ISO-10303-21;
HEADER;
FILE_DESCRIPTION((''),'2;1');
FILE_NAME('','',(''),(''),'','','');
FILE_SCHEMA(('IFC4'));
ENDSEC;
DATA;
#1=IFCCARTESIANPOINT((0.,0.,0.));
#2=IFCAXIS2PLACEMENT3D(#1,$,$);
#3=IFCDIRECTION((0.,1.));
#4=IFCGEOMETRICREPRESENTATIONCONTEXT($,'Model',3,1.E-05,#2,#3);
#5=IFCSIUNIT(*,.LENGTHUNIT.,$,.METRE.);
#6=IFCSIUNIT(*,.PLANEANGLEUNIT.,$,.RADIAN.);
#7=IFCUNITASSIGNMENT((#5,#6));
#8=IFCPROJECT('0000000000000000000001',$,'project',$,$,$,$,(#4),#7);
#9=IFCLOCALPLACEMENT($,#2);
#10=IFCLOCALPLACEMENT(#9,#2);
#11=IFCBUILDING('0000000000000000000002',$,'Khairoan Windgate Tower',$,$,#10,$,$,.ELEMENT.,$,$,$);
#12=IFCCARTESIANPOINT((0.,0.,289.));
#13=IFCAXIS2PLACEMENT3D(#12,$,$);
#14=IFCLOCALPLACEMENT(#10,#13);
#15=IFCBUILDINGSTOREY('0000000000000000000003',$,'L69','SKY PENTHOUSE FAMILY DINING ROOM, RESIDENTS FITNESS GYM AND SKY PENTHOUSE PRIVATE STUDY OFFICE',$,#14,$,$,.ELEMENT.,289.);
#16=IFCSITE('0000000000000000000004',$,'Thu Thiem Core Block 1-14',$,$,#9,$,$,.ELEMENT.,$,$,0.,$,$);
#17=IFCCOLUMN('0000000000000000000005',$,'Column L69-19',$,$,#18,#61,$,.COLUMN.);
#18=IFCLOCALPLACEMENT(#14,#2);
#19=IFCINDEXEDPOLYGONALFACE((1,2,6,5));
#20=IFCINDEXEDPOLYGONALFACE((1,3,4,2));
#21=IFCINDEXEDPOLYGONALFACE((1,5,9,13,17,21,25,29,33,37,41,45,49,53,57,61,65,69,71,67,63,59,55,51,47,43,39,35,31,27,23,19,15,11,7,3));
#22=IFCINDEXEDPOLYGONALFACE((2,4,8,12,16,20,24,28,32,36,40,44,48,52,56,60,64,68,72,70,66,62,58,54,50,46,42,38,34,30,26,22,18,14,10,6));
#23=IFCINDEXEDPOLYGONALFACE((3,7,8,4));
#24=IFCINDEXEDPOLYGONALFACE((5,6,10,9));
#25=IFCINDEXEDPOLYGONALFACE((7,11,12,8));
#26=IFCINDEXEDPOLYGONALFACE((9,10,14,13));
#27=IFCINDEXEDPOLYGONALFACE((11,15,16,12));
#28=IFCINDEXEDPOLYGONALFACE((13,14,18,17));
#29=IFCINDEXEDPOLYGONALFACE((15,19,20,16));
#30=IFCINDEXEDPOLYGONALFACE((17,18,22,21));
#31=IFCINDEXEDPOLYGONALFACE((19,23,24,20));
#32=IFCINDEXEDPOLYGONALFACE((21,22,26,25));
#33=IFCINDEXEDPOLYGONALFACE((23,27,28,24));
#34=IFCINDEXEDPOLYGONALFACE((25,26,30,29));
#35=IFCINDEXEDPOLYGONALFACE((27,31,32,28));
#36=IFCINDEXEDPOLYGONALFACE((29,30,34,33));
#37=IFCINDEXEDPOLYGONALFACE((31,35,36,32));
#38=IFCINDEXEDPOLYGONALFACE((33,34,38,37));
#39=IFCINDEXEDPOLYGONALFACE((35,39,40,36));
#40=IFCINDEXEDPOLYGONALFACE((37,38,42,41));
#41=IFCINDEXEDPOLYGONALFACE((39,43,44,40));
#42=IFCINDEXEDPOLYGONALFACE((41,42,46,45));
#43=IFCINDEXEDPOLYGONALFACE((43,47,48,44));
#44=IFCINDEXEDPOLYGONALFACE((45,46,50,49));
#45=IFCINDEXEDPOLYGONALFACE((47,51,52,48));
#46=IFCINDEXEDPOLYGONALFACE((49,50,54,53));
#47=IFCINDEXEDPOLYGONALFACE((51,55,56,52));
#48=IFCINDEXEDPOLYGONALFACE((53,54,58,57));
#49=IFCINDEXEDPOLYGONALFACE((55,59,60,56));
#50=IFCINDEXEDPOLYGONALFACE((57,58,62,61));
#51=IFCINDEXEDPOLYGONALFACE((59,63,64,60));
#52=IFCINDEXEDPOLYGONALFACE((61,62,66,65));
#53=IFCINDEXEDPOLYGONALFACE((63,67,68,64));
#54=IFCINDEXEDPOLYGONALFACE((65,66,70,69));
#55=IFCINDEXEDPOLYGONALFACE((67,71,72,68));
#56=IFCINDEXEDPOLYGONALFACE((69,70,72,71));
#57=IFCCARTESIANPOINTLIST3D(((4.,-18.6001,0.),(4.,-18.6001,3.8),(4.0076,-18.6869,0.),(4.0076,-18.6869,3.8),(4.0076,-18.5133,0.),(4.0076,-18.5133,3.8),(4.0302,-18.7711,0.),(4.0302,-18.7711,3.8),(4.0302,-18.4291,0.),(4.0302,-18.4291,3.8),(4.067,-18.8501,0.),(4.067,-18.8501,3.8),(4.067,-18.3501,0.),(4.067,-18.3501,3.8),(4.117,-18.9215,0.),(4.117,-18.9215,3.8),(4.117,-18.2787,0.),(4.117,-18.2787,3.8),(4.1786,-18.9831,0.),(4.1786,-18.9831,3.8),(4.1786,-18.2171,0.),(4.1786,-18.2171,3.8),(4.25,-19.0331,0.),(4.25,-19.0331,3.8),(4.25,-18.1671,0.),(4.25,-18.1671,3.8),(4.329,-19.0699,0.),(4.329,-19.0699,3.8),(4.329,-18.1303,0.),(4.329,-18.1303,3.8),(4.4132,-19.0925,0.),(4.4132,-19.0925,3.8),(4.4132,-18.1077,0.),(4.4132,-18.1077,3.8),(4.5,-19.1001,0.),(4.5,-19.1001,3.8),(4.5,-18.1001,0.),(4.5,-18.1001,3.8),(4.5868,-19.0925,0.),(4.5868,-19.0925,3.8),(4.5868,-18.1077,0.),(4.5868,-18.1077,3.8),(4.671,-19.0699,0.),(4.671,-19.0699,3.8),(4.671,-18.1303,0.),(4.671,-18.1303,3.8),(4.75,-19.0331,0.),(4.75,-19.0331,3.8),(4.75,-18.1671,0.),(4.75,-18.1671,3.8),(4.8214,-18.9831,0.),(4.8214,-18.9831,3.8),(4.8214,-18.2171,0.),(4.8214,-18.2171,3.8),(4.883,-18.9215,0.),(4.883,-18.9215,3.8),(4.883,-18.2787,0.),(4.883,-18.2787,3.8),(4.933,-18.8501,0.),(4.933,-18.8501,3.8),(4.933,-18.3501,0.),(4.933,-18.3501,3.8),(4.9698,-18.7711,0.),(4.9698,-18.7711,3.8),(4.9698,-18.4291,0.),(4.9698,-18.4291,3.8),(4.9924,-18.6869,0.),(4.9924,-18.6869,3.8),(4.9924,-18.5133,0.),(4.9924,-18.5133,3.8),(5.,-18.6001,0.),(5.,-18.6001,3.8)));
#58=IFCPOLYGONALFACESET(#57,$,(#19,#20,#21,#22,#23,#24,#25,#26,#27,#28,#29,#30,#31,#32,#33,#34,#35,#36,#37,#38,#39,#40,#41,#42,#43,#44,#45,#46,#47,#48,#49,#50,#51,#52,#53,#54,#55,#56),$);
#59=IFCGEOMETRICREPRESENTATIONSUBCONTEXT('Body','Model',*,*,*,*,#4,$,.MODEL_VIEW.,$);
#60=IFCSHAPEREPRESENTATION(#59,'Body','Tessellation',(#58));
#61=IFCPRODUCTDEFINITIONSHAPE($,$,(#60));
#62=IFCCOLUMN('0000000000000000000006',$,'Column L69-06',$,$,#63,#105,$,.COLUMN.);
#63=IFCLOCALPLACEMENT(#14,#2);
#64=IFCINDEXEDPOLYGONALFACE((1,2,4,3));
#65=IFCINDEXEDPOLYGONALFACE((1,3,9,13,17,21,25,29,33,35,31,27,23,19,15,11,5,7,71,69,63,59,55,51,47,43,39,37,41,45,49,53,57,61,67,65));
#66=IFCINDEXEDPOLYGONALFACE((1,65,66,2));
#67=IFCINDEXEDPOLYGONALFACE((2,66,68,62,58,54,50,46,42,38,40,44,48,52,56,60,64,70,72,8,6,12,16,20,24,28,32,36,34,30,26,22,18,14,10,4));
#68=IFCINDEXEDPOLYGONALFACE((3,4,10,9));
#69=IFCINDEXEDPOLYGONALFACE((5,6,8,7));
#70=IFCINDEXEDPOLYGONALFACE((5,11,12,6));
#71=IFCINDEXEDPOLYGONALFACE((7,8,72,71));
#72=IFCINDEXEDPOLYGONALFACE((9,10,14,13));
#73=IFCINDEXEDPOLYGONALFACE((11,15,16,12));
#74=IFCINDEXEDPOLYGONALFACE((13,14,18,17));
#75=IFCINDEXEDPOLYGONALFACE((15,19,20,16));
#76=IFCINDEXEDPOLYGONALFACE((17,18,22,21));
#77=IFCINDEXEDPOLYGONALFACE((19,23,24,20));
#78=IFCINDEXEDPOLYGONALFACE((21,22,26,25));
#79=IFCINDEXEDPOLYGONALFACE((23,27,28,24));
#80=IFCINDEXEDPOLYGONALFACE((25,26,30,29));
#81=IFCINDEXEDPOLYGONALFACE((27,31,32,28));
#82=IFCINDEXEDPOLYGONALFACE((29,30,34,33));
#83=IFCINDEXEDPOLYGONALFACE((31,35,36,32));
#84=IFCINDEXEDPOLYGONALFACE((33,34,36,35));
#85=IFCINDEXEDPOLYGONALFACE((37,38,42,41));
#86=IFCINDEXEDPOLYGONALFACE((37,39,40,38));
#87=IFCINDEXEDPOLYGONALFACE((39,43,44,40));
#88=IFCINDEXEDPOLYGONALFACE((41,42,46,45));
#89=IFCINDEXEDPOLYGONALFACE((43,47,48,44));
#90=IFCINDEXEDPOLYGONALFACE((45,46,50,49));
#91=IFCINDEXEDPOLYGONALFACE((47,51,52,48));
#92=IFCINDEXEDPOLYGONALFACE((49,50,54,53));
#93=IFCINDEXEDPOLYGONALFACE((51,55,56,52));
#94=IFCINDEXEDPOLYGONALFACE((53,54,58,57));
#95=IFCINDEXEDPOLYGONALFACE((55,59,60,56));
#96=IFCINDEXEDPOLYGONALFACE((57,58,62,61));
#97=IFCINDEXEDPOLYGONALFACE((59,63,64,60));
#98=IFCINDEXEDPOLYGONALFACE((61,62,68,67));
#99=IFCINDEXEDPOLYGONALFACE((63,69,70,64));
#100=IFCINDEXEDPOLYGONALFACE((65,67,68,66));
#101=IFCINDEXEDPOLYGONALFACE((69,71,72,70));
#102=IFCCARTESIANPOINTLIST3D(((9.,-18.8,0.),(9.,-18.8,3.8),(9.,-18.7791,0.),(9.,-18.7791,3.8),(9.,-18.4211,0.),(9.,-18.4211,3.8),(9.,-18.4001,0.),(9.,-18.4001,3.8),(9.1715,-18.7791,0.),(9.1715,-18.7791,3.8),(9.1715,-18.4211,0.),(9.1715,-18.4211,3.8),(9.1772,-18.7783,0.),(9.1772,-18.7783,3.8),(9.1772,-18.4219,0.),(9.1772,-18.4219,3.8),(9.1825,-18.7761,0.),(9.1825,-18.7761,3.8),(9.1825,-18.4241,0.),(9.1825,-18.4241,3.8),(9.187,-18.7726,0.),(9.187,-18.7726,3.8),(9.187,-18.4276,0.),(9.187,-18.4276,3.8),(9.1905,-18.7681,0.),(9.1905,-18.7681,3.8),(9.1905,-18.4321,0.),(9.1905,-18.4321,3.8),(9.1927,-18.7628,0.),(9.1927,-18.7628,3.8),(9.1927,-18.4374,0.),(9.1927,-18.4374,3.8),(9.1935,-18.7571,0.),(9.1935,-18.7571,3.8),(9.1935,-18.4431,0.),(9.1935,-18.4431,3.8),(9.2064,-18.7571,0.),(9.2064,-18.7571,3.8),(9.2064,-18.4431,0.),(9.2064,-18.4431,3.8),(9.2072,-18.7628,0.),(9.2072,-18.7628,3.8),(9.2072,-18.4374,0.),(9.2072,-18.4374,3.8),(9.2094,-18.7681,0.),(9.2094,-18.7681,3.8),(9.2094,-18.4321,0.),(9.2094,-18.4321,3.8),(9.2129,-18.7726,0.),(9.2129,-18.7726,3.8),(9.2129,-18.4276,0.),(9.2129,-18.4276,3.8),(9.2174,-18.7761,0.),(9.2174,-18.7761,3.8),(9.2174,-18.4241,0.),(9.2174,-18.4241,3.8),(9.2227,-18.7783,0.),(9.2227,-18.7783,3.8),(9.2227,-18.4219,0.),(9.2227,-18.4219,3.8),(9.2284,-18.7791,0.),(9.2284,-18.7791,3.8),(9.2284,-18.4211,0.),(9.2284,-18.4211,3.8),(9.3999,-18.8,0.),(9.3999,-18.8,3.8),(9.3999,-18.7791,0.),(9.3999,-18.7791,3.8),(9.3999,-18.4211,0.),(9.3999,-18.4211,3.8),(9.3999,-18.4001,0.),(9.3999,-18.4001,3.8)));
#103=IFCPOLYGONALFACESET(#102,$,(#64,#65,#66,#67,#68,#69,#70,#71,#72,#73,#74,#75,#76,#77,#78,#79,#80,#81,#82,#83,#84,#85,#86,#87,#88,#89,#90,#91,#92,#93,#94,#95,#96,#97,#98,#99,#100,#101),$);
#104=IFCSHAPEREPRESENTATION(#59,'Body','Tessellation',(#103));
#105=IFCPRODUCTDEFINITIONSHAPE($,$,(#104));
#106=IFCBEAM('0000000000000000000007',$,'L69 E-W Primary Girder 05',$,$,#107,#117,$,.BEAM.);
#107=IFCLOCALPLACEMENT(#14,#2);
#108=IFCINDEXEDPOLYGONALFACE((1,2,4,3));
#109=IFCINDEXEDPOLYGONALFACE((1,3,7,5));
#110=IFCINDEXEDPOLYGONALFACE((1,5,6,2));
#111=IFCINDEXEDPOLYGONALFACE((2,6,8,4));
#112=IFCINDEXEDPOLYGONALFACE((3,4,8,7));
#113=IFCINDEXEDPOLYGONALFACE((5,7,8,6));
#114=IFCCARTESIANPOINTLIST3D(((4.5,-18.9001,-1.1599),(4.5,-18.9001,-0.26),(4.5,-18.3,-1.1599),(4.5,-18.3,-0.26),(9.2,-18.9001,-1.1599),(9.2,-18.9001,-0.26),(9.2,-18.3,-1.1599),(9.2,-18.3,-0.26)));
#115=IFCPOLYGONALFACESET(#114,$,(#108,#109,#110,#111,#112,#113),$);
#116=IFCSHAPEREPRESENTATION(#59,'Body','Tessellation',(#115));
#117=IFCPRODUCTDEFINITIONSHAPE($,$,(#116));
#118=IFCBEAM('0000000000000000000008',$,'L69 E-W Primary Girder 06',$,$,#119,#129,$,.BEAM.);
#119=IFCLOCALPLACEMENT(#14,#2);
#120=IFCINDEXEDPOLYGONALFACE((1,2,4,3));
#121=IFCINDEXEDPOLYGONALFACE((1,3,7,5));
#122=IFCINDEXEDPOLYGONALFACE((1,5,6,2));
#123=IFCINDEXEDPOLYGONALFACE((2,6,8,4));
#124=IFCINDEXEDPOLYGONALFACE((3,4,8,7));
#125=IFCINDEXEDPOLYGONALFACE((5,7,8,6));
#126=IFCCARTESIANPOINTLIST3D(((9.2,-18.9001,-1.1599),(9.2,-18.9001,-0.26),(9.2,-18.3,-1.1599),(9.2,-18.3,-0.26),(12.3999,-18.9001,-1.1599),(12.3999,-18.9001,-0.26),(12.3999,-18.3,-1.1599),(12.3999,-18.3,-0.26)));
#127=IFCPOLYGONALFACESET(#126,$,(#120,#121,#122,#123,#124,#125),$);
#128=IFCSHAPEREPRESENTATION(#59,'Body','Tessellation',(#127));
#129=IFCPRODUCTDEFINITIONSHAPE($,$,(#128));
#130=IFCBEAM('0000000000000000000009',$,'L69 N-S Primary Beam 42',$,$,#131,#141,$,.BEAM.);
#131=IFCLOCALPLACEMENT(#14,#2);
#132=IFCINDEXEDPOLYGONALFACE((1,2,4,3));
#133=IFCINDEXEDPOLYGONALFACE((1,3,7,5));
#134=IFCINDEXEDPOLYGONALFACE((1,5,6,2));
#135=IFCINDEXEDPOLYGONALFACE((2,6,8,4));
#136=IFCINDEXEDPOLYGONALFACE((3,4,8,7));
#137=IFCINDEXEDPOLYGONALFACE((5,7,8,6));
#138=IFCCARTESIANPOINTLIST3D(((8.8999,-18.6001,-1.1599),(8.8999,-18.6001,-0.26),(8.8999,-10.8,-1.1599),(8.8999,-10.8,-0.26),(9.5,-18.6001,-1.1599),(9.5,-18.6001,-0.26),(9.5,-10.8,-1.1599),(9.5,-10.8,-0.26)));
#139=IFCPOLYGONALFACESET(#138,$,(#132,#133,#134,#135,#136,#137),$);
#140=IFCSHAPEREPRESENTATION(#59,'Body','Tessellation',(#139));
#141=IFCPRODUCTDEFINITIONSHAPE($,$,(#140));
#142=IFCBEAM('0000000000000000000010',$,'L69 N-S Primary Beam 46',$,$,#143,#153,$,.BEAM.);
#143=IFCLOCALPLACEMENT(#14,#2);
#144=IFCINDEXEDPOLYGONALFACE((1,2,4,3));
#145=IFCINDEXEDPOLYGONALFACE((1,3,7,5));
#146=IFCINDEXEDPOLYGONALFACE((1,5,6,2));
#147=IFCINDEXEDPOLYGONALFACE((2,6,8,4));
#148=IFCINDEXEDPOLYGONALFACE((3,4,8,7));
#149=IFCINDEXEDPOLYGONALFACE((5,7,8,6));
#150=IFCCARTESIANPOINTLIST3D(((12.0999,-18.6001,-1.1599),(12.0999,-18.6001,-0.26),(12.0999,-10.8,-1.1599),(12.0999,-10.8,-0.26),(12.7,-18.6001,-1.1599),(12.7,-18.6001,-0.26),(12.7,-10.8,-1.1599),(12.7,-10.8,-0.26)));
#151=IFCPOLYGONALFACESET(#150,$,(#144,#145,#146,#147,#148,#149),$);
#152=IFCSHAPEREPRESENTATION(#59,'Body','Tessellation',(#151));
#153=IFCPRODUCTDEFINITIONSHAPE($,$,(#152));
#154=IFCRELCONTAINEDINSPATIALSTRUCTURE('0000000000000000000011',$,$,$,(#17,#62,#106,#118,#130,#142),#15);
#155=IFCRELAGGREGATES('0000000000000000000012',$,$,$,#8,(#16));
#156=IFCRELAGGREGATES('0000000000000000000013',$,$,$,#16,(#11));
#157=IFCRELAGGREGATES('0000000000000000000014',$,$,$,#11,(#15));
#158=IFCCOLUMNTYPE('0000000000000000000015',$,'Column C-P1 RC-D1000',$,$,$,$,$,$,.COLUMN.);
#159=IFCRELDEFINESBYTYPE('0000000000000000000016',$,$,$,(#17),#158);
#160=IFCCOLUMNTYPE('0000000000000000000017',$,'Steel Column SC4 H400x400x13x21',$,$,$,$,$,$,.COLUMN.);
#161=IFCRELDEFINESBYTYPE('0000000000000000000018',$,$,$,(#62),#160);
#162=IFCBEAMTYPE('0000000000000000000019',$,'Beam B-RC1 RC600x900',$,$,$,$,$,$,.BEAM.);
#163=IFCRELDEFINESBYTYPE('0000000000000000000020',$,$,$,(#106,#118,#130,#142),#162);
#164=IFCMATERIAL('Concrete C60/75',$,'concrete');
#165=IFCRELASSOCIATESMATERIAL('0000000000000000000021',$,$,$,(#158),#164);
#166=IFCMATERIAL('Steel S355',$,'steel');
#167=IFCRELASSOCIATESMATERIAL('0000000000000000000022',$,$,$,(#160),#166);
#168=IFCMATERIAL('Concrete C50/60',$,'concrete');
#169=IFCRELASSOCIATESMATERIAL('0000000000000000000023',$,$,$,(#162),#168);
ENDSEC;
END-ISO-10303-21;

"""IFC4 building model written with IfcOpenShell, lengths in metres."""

from ifc_helpers import new_model, si_unit, direction, frame, origin, origin_2d, place, context, subcontext, project, spatial, rectangle, circle, i_section, extrude, material, material_profile, profile_set, type_object, element, save


model = new_model("IFC4")

# Units and contexts
model_context = context("Model", 3, precision=1e-05, world=origin(), true_north=direction((0.0, 1.0)))
body_context = subcontext(model_context, "Body", "Model", "MODEL_VIEW")
ifc_project = project(units=[si_unit("LENGTHUNIT", "METRE"), si_unit("PLANEANGLEUNIT", "RADIAN")], contexts=[model_context])

# Site, building, storey
site_placement = place(None, origin())
site = spatial("IfcSite", under=ifc_project, at=site_placement, Name="Thu Thiem Core Block 1-14", CompositionType="ELEMENT", RefElevation=0.0)
building_placement = place(site_placement, origin())
building = spatial("IfcBuilding", under=site, at=building_placement, Name="Khairoan Windgate Tower", CompositionType="ELEMENT")
storey_placement = place(building_placement, frame((0.0, 0.0, 289.0)))
storey = spatial("IfcBuildingStorey", under=building, at=storey_placement, Name="L69", Description="SKY PENTHOUSE FAMILY DINING ROOM, RESIDENTS FITNESS GYM AND SKY PENTHOUSE PRIVATE STUDY OFFICE", CompositionType="ELEMENT", Elevation=289.0)

# Columns
ifc_material_1 = material(Name="Concrete C60/75", Category="concrete")
ifc_material_profile_1 = material_profile(ifc_material_1, circle(Radius=0.5, at=origin_2d()))
ifc_profile_set_1 = profile_set([ifc_material_profile_1], Name="Concrete C60/75")
column_type_1 = type_object("IfcColumnType", Name="Column C-P1 RC-D1000", PredefinedType="COLUMN", material=ifc_profile_set_1)
column_1_placement = place(storey_placement, frame((4.5, -18.6001, 0.0), z_axis=(0.0, 0.0, 1.0), x_axis=(1.0, 0.0, 0.0)))
element("IfcColumn", 1, at=column_1_placement, inside=storey, type_object=column_type_1, Name="Column L69-19", PredefinedType="COLUMN", context=body_context, shape_type="SweptSolid", body=[
    extrude(circle(Radius=0.5, at=origin_2d()), origin(), (0.0, 0.0, 1.0), 3.8),
])
ifc_material_2 = material(Name="Steel S355", Category="steel")
ifc_material_profile_2 = material_profile(ifc_material_2, i_section(OverallWidth=0.3999, OverallDepth=0.3999, WebThickness=0.0129, FlangeThickness=0.021, FilletRadius=0.022, at=origin_2d()))
ifc_profile_set_2 = profile_set([ifc_material_profile_2], Name="Steel S355")
column_type_2 = type_object("IfcColumnType", Name="Steel Column SC4 H400x400x13x21", PredefinedType="COLUMN", material=ifc_profile_set_2)
column_2_placement = place(storey_placement, frame((9.2, -18.6001, 0.0), z_axis=(0.0, 0.0, 1.0), x_axis=(1.0, 0.0, 0.0)))
element("IfcColumn", 2, at=column_2_placement, inside=storey, type_object=column_type_2, Name="Column L69-06", PredefinedType="COLUMN", context=body_context, shape_type="SweptSolid", body=[
    extrude(i_section(OverallWidth=0.3999, OverallDepth=0.3999, WebThickness=0.0129, FlangeThickness=0.021, FilletRadius=0.022, at=origin_2d()), origin(), (0.0, 0.0, 1.0), 3.8),
])

# Beams
ifc_material_3 = material(Name="Concrete C50/60", Category="concrete")
ifc_material_profile_3 = material_profile(ifc_material_3, rectangle(XDim=0.6001, YDim=0.8999, at=origin_2d()))
ifc_profile_set_3 = profile_set([ifc_material_profile_3], Name="Concrete C50/60")
beam_type_1 = type_object("IfcBeamType", Name="Beam B-RC1 RC600x900", PredefinedType="BEAM", material=ifc_profile_set_3)
beam_1_placement = place(storey_placement, frame((4.5, -18.6001, -0.71), z_axis=(1.0, 0.0, 0.0), x_axis=(0.0, 1.0, 0.0)))
element("IfcBeam", 3, at=beam_1_placement, inside=storey, type_object=beam_type_1, Name="L69 E-W Primary Girder 05", PredefinedType="BEAM", context=body_context, shape_type="SweptSolid", body=[
    extrude(rectangle(XDim=0.6001, YDim=0.8999, at=origin_2d()), origin(), (0.0, 0.0, 1.0), 4.7),
])
beam_2_placement = place(storey_placement, frame((9.2, -18.6001, -0.71), z_axis=(1.0, 0.0, 0.0), x_axis=(0.0, 1.0, 0.0)))
element("IfcBeam", 4, at=beam_2_placement, inside=storey, type_object=beam_type_1, Name="L69 E-W Primary Girder 06", PredefinedType="BEAM", context=body_context, shape_type="SweptSolid", body=[
    extrude(rectangle(XDim=0.6001, YDim=0.8999, at=origin_2d()), origin(), (0.0, 0.0, 1.0), 3.2),
])
for number, where, z_axis, x_axis, name in (
    (5, (9.2, -18.6001, -0.71), (0.0, 1.0, 0.0), (-1.0, 0.0, 0.0), "L69 N-S Primary Beam 42"),
    (6, (12.3999, -18.6001, -0.71), (0.0, 1.0, 0.0), (-1.0, 0.0, 0.0), "L69 N-S Primary Beam 46"),
):
    element("IfcBeam", number, at=place(storey_placement, frame(where, z_axis=z_axis, x_axis=x_axis)), inside=storey, type_object=beam_type_1, Name=name, PredefinedType="BEAM", context=body_context, shape_type="SweptSolid", body=[
        extrude(rectangle(XDim=0.6001, YDim=0.8999, at=origin_2d()), origin(), (0.0, 0.0, 1.0), 7.8),
    ])

save(model, "model.ifc")
